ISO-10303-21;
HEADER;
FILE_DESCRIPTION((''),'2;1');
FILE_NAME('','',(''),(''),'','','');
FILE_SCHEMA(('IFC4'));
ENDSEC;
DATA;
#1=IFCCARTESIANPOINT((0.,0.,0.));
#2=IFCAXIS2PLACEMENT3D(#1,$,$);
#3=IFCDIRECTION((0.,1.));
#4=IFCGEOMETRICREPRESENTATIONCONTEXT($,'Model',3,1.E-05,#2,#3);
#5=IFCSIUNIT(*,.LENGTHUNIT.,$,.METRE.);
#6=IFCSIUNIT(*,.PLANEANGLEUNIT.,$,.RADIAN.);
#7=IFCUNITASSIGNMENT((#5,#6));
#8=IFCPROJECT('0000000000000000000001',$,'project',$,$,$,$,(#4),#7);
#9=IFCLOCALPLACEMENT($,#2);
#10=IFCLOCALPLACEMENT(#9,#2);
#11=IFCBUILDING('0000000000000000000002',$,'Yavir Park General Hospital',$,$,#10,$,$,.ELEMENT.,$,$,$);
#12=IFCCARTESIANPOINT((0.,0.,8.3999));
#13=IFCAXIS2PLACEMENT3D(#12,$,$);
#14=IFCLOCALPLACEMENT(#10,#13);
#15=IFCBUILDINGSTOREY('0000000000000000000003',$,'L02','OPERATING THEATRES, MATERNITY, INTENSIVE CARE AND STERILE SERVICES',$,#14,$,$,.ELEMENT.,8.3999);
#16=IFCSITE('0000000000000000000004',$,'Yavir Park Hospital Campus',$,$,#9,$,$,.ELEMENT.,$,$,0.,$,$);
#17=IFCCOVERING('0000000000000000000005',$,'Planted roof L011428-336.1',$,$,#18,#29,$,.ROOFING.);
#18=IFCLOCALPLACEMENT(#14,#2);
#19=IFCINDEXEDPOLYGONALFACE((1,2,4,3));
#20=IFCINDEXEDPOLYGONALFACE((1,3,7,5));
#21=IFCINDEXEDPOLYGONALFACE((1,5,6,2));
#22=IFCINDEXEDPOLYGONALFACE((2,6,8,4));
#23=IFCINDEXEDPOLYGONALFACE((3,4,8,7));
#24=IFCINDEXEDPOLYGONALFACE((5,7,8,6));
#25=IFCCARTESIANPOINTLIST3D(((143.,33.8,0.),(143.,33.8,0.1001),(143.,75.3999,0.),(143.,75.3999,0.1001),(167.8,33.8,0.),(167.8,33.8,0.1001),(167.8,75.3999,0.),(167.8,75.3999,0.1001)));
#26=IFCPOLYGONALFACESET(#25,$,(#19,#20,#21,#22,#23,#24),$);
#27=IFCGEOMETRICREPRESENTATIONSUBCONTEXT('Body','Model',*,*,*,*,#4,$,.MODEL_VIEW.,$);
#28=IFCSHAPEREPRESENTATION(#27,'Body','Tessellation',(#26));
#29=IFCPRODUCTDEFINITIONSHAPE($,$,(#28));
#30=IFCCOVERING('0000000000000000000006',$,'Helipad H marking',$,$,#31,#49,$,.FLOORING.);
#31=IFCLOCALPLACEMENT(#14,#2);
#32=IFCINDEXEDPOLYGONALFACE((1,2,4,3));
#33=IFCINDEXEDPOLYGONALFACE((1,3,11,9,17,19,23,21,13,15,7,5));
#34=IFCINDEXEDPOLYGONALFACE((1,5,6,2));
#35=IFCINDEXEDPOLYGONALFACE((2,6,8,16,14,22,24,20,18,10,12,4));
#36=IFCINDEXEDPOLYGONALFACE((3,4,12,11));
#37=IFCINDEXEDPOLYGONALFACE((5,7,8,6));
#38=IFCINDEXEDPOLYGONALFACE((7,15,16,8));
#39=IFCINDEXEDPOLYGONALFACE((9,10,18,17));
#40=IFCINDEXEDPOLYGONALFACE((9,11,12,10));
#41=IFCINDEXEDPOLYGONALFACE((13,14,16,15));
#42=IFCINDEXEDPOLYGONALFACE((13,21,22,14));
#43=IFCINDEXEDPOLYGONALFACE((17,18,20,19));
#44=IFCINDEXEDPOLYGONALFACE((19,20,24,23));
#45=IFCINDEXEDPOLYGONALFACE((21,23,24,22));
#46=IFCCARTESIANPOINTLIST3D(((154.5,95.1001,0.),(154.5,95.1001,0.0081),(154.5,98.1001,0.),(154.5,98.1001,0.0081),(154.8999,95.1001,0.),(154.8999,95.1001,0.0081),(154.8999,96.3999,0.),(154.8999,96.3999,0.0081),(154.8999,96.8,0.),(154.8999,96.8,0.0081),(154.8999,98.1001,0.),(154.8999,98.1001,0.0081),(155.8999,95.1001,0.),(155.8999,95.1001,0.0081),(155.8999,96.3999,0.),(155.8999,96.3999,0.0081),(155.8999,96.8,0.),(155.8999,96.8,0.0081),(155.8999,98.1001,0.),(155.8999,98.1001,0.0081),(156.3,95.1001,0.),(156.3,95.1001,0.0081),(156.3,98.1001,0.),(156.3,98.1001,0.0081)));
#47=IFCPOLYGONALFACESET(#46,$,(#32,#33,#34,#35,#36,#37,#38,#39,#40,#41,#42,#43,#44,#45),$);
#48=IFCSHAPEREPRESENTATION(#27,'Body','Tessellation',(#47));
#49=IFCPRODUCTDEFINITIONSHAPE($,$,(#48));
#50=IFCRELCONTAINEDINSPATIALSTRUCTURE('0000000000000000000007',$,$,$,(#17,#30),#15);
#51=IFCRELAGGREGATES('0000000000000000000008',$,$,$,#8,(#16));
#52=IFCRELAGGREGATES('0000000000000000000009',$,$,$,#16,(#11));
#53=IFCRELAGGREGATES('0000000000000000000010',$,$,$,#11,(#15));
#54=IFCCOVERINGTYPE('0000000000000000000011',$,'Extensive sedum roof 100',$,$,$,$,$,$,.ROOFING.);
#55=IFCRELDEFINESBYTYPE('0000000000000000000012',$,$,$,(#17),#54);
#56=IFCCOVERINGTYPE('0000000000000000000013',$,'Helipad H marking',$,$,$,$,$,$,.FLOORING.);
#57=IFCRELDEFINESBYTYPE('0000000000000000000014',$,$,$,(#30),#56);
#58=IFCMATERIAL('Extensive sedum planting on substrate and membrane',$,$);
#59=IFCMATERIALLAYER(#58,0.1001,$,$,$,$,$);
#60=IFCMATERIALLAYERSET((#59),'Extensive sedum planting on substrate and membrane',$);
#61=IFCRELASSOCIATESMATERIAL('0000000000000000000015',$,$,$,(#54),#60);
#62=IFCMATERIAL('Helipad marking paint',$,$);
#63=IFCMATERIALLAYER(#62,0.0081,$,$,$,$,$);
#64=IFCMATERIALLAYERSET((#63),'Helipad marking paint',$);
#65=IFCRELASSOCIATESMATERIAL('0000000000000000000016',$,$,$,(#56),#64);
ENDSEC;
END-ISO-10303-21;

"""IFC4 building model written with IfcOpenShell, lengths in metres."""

from ifc_helpers import new_model, si_unit, direction, frame, origin, place, context, subcontext, project, spatial, polyline, outline, extrude, material, layer, layer_set, type_object, element, save


model = new_model("IFC4")

# Units and contexts
model_context = context("Model", 3, precision=1e-05, world=origin(), true_north=direction((0.0, 1.0)))
body_context = subcontext(model_context, "Body", "Model", "MODEL_VIEW")
ifc_project = project(units=[si_unit("LENGTHUNIT", "METRE"), si_unit("PLANEANGLEUNIT", "RADIAN")], contexts=[model_context])

# Site, building, storey
site_placement = place(None, origin())
site = spatial("IfcSite", under=ifc_project, at=site_placement, Name="Yavir Park Hospital Campus", CompositionType="ELEMENT", RefElevation=0.0)
building_placement = place(site_placement, origin())
building = spatial("IfcBuilding", under=site, at=building_placement, Name="Yavir Park General Hospital", CompositionType="ELEMENT")
storey_placement = place(building_placement, frame((0.0, 0.0, 8.3999)))
storey = spatial("IfcBuildingStorey", under=building, at=storey_placement, Name="L02", Description="OPERATING THEATRES, MATERNITY, INTENSIVE CARE AND STERILE SERVICES", CompositionType="ELEMENT", Elevation=8.3999)

# Coverings
ifc_material_1 = material(Name="Extensive sedum planting on substrate and membrane")
ifc_layer_1 = layer(ifc_material_1, 0.1001)
ifc_layer_set_1 = layer_set([ifc_layer_1], Name="Extensive sedum planting on substrate and membrane")
covering_type_1 = type_object("IfcCoveringType", Name="Extensive sedum roof 100", PredefinedType="ROOFING", material=ifc_layer_set_1)
covering_1_placement = place(storey_placement, origin())
element("IfcCovering", 1, at=covering_1_placement, inside=storey, type_object=covering_type_1, Name="Planted roof L011428-336.1", PredefinedType="ROOFING", context=body_context, shape_type="SweptSolid", body=[
    extrude(outline(polyline([(143.0, 33.8), (167.8, 33.8), (167.8, 75.3999), (143.0, 75.3999), (143.0, 33.8)])), origin(), (0.0, 0.0, 1.0), 0.1001),
])
ifc_material_2 = material(Name="Helipad marking paint")
ifc_layer_2 = layer(ifc_material_2, 0.0081)
ifc_layer_set_2 = layer_set([ifc_layer_2], Name="Helipad marking paint")
covering_type_2 = type_object("IfcCoveringType", Name="Helipad H marking", PredefinedType="FLOORING", material=ifc_layer_set_2)
covering_2_placement = place(storey_placement, origin())
element("IfcCovering", 2, at=covering_2_placement, inside=storey, type_object=covering_type_2, Name="Helipad H marking", PredefinedType="FLOORING", context=body_context, shape_type="SweptSolid", body=[
    extrude(outline(polyline([(154.5, 95.1001), (154.8999, 95.1001), (154.8999, 96.3999), (155.8999, 96.3999), (155.8999, 95.1001), (156.3, 95.1001), (156.3, 98.1001), (155.8999, 98.1001), (155.8999, 96.8), (154.8999, 96.8), (154.8999, 98.1001), (154.5, 98.1001), (154.5, 95.1001)])), origin(), (0.0, 0.0, 1.0), 0.0081),
])

save(model, "model.ifc")
